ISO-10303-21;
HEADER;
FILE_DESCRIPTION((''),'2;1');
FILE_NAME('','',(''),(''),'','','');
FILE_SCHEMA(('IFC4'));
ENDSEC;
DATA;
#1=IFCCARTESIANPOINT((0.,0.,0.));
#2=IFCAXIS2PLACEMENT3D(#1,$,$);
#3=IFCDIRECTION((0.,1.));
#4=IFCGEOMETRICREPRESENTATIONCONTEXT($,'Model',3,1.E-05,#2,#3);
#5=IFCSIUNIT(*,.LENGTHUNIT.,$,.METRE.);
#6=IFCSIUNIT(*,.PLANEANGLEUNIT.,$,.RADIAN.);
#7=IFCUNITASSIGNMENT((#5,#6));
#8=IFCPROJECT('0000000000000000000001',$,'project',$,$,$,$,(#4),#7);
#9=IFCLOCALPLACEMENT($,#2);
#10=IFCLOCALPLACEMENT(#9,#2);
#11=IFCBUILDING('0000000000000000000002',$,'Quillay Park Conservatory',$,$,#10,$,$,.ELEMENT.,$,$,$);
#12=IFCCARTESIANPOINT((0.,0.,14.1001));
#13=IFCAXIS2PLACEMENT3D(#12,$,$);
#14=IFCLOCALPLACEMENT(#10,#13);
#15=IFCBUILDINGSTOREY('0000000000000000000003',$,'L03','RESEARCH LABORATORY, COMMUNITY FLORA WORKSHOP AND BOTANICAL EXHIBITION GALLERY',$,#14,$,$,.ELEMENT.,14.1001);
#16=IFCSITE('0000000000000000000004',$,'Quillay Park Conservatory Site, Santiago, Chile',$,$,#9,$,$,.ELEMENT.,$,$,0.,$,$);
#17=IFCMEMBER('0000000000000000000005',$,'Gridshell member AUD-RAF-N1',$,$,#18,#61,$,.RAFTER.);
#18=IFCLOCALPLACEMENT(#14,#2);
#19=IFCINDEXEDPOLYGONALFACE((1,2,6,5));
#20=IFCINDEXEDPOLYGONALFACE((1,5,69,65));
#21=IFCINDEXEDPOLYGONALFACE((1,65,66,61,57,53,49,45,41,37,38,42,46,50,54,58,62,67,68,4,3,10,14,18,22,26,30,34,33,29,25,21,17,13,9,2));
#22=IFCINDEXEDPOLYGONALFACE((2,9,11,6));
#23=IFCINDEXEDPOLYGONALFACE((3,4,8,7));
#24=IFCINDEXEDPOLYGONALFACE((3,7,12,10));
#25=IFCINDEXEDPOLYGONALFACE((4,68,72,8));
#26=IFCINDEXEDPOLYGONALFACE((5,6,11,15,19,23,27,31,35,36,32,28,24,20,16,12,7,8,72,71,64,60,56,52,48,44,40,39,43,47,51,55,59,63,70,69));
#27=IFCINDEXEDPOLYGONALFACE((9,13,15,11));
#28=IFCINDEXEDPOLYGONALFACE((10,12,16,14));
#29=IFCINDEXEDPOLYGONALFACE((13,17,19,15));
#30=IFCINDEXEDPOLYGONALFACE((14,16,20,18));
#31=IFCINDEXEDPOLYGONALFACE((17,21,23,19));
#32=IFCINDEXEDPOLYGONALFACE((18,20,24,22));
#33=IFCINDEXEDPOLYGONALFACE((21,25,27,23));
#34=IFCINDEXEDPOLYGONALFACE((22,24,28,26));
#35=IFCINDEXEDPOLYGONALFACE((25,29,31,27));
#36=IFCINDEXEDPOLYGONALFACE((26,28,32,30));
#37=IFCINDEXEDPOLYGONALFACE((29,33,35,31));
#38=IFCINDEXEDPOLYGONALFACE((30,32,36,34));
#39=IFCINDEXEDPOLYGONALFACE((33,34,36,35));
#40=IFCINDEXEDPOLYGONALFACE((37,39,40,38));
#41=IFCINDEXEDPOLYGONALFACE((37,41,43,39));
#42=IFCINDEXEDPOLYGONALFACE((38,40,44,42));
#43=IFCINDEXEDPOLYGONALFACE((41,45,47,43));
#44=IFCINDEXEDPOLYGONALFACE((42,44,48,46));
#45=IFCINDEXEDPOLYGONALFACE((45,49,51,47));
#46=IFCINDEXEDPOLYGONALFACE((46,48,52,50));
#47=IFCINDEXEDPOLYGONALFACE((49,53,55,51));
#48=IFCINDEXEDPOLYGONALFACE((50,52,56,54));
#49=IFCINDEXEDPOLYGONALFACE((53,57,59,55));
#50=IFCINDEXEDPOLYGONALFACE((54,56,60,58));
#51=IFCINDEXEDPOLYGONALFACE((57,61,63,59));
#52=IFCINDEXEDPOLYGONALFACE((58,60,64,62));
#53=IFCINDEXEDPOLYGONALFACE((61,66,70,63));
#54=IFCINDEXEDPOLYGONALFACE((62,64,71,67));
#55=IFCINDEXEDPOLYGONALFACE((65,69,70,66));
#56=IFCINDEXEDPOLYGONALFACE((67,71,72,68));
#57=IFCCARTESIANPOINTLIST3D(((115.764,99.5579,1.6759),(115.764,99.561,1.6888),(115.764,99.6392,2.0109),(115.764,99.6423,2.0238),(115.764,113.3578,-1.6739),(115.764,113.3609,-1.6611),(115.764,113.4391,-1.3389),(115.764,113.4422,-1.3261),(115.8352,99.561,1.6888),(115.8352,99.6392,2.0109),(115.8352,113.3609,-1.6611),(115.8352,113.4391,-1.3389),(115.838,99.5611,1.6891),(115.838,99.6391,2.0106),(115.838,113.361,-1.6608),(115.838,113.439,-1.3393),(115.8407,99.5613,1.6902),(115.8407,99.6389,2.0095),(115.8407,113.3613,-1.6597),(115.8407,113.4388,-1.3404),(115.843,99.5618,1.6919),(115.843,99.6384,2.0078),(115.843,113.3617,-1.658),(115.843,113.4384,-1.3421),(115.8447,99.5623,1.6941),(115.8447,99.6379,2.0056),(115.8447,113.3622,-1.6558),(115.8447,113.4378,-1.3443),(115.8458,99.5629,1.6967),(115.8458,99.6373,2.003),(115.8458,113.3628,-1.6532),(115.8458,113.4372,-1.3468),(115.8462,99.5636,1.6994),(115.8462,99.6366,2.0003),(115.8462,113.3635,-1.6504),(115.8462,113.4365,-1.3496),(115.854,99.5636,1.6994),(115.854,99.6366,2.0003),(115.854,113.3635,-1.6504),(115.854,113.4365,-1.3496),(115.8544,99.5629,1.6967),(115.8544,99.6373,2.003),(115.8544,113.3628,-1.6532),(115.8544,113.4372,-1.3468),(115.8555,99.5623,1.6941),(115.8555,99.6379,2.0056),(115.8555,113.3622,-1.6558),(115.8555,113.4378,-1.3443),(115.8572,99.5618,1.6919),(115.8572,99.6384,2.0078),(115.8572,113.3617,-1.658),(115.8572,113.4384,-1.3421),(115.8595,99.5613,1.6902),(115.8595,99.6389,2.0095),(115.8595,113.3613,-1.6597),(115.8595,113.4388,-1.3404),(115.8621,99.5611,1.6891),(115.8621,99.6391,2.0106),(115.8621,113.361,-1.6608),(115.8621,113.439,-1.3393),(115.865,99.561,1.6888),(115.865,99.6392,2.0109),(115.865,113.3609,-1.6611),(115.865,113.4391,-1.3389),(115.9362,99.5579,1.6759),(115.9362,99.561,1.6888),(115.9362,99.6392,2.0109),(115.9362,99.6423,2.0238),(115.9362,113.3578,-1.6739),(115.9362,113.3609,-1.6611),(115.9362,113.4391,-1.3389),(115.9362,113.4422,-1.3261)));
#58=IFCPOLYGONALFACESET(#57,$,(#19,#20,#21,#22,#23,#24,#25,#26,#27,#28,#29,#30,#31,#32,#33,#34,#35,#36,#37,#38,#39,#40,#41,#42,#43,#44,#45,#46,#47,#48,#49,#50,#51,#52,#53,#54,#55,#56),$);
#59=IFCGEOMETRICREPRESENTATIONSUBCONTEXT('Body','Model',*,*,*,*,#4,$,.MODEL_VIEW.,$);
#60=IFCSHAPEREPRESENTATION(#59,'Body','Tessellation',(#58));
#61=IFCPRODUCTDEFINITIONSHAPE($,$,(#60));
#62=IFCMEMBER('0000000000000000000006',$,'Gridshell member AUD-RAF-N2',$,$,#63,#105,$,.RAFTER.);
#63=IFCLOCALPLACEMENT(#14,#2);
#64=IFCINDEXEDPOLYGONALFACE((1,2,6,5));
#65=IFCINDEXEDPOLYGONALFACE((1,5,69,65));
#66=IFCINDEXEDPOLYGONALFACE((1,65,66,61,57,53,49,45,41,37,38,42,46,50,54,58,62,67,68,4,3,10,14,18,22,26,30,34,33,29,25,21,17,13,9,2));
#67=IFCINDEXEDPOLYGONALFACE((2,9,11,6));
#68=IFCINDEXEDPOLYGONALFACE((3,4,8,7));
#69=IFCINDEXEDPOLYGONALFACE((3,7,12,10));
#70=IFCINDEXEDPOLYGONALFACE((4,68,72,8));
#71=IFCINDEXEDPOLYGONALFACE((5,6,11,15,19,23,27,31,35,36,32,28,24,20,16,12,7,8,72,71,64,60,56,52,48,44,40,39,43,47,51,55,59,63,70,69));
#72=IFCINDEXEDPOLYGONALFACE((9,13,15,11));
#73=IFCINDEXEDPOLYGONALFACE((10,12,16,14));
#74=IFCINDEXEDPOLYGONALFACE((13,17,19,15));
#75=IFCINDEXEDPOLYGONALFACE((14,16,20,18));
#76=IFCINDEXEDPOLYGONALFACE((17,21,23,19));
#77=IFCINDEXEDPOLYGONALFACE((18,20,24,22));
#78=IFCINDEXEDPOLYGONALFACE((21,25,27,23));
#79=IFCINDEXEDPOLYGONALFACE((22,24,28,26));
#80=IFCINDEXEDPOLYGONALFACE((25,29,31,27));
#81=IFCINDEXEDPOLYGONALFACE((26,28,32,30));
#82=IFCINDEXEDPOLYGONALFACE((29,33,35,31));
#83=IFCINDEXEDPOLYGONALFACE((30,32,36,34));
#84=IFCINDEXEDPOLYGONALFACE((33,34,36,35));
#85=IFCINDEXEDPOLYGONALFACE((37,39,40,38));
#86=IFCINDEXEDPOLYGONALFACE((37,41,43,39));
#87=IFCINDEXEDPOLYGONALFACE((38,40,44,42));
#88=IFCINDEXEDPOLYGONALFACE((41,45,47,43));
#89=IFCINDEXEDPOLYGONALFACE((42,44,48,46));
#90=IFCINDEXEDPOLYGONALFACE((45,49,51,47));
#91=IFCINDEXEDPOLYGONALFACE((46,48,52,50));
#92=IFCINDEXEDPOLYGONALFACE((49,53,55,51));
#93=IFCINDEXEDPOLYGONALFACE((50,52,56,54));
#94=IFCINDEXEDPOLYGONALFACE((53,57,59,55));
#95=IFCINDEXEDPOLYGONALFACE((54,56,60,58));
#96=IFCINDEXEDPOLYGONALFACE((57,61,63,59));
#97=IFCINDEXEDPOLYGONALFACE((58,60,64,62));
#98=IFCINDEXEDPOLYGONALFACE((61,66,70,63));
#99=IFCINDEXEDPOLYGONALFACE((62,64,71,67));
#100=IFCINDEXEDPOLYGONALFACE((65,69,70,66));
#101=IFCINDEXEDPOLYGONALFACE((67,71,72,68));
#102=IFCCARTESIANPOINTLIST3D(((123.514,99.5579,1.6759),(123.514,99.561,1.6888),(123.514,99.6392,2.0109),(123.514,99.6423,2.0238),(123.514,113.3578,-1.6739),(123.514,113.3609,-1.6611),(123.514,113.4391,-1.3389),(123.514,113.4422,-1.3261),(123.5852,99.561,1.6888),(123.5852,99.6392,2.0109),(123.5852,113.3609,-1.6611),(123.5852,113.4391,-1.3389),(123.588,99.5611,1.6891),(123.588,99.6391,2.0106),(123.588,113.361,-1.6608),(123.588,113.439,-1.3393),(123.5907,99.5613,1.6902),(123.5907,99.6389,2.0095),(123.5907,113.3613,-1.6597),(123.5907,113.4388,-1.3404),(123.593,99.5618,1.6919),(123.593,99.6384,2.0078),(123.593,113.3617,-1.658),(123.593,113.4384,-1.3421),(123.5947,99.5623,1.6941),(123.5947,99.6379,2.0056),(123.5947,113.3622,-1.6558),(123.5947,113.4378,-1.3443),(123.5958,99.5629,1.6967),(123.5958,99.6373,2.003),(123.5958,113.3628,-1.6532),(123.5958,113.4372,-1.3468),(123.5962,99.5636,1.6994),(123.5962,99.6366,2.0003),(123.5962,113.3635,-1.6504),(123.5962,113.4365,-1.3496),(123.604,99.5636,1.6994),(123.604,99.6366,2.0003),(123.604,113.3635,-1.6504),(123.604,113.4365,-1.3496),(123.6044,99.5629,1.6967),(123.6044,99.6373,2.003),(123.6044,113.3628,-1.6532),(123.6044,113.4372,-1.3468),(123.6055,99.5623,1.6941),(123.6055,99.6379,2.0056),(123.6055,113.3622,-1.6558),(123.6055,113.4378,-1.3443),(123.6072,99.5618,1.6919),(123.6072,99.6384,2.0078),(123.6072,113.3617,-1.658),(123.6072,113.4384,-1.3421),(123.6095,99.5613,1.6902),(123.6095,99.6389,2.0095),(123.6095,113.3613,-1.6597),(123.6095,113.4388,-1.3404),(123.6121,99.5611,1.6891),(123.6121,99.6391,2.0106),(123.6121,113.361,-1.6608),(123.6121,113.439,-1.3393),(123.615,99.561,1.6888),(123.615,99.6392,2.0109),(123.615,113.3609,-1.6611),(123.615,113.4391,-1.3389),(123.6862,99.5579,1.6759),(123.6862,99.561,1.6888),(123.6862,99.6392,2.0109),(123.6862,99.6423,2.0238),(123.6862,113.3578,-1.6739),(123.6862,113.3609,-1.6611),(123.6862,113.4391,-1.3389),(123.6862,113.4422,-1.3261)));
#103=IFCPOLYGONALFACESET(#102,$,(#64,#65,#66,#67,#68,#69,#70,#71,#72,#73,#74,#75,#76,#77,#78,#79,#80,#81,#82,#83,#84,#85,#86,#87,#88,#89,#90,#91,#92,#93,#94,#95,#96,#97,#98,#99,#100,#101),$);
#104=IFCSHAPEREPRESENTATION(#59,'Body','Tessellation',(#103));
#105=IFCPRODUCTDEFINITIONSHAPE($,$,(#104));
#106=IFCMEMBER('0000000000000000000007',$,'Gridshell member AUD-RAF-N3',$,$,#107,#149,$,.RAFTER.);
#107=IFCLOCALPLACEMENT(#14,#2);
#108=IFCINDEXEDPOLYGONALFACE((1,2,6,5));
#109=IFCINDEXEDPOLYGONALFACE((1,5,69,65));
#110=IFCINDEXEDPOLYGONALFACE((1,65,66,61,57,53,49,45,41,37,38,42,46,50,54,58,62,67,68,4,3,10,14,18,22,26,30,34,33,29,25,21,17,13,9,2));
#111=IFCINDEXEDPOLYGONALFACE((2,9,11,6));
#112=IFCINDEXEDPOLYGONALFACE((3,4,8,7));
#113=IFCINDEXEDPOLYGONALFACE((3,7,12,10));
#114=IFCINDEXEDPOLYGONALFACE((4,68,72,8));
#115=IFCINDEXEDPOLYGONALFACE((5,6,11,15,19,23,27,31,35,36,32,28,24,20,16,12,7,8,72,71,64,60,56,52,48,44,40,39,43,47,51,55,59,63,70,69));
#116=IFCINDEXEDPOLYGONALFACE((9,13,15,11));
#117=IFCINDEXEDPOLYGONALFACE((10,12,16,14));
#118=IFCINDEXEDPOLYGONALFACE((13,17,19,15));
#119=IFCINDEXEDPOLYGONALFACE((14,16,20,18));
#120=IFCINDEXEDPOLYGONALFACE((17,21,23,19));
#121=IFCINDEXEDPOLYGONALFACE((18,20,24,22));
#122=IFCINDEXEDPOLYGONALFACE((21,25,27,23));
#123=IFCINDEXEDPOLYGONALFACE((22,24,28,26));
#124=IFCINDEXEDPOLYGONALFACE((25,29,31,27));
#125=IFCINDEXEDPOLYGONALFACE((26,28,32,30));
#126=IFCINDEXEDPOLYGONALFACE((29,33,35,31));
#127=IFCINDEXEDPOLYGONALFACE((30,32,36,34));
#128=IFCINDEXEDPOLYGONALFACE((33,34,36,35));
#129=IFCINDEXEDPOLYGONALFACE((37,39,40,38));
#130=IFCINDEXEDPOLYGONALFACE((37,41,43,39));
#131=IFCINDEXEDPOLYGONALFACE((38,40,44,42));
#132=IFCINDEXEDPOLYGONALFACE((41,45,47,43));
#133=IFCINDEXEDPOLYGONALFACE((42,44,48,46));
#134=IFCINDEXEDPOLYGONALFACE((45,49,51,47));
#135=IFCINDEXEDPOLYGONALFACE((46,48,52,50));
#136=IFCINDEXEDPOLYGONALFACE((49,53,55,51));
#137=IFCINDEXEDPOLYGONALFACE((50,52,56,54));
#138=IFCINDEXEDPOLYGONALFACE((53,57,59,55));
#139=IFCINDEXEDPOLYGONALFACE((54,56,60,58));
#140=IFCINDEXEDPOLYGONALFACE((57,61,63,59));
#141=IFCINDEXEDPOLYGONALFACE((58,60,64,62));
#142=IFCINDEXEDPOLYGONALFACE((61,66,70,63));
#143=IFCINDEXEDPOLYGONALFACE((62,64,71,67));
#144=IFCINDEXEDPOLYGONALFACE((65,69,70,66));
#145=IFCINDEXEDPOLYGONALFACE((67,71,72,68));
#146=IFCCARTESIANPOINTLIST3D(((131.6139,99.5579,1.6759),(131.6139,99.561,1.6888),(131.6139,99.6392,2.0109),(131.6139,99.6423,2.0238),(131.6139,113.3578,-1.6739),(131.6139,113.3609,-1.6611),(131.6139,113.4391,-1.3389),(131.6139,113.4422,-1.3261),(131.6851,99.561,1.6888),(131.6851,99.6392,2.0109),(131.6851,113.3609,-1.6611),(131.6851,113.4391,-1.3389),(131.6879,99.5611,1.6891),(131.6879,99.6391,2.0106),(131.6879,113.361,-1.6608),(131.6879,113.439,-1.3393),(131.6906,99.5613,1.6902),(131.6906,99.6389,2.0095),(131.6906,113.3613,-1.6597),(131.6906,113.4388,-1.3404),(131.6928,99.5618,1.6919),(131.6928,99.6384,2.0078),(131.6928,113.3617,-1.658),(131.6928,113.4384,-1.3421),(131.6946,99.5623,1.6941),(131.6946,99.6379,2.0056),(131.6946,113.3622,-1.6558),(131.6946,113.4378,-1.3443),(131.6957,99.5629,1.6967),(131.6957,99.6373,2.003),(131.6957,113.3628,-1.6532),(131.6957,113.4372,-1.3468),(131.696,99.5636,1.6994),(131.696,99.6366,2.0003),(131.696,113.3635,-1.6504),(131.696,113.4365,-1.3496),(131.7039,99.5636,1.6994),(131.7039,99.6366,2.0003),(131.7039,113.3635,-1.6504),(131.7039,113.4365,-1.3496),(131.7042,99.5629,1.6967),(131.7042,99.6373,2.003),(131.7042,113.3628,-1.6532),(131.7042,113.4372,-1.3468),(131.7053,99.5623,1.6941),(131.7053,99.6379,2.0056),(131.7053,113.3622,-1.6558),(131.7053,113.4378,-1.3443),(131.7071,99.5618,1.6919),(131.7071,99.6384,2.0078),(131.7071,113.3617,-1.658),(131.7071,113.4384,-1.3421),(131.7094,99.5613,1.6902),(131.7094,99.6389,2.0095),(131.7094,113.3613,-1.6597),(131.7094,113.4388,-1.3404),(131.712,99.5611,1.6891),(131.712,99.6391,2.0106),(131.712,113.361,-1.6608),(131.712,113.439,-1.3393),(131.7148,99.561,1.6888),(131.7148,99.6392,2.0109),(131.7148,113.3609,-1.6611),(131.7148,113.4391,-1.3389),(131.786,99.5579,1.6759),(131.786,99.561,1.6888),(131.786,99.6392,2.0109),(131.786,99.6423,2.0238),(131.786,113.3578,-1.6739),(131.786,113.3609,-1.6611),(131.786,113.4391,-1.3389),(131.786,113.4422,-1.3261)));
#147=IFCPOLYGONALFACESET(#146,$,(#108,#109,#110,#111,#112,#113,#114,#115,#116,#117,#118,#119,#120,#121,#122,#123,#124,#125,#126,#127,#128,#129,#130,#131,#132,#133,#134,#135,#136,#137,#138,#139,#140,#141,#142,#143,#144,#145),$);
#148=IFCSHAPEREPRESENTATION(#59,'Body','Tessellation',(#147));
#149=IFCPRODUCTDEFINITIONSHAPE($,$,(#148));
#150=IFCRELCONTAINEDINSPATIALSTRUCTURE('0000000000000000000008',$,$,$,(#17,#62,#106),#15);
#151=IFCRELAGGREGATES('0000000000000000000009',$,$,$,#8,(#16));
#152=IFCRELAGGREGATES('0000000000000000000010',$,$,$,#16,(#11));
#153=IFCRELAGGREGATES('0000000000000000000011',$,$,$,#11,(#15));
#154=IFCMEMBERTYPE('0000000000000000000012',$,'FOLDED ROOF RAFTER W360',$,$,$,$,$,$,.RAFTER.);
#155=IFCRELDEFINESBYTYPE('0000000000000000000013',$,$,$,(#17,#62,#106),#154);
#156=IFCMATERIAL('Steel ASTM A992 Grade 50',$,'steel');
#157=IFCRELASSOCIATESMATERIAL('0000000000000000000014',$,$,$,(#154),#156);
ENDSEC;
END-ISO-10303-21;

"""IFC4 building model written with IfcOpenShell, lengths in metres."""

from ifc_helpers import new_model, si_unit, direction, frame, origin, origin_2d, place, context, subcontext, project, spatial, i_section, extrude, material, material_profile, profile_set, type_object, element, save


model = new_model("IFC4")

# Units and contexts
model_context = context("Model", 3, precision=1e-05, world=origin(), true_north=direction((0.0, 1.0)))
body_context = subcontext(model_context, "Body", "Model", "MODEL_VIEW")
ifc_project = project(units=[si_unit("LENGTHUNIT", "METRE"), si_unit("PLANEANGLEUNIT", "RADIAN")], contexts=[model_context])

# Site, building, storey
site_placement = place(None, origin())
site = spatial("IfcSite", under=ifc_project, at=site_placement, Name="Quillay Park Conservatory Site, Santiago, Chile", CompositionType="ELEMENT", RefElevation=0.0)
building_placement = place(site_placement, origin())
building = spatial("IfcBuilding", under=site, at=building_placement, Name="Quillay Park Conservatory", CompositionType="ELEMENT")
storey_placement = place(building_placement, frame((0.0, 0.0, 14.1001)))
storey = spatial("IfcBuildingStorey", under=building, at=storey_placement, Name="L03", Description="RESEARCH LABORATORY, COMMUNITY FLORA WORKSHOP AND BOTANICAL EXHIBITION GALLERY", CompositionType="ELEMENT", Elevation=14.1001)

# Members
ifc_material_1 = material(Name="Steel ASTM A992 Grade 50", Category="steel")
ifc_material_profile_1 = material_profile(ifc_material_1, i_section(OverallWidth=0.1721, OverallDepth=0.3579, WebThickness=0.0078, FlangeThickness=0.0132, FilletRadius=0.011, at=origin_2d()), Name="W360x57")
ifc_profile_set_1 = profile_set([ifc_material_profile_1], Name="Steel ASTM A992 Grade 50")
member_type_1 = type_object("IfcMemberType", Name="FOLDED ROOF RAFTER W360", PredefinedType="RAFTER", material=ifc_profile_set_1)
for number, where, z_axis, x_axis, name in (
    (1, (115.8501, 99.6001, 1.8499), (0.0, 0.971778, -0.235896), (-1.0, 0.0, 0.0), "Gridshell member AUD-RAF-N1"),
    (2, (123.6001, 99.6001, 1.8499), (0.0, 0.971778, -0.235896), (-1.0, 0.0, 0.0), "Gridshell member AUD-RAF-N2"),
    (3, (131.7, 99.6001, 1.8499), (0.0, 0.971778, -0.235896), (-1.0, 0.0, 0.0), "Gridshell member AUD-RAF-N3"),
):
    element("IfcMember", number, at=place(storey_placement, frame(where, z_axis=z_axis, x_axis=x_axis)), inside=storey, type_object=member_type_1, Name=name, PredefinedType="RAFTER", context=body_context, shape_type="SweptSolid", body=[
        extrude(i_section(OverallWidth=0.1721, OverallDepth=0.3579, WebThickness=0.0078, FlangeThickness=0.0132, FilletRadius=0.011, at=origin_2d()), origin(), (0.0, 0.0, 1.0), 14.2007),
    ])

save(model, "model.ifc")
